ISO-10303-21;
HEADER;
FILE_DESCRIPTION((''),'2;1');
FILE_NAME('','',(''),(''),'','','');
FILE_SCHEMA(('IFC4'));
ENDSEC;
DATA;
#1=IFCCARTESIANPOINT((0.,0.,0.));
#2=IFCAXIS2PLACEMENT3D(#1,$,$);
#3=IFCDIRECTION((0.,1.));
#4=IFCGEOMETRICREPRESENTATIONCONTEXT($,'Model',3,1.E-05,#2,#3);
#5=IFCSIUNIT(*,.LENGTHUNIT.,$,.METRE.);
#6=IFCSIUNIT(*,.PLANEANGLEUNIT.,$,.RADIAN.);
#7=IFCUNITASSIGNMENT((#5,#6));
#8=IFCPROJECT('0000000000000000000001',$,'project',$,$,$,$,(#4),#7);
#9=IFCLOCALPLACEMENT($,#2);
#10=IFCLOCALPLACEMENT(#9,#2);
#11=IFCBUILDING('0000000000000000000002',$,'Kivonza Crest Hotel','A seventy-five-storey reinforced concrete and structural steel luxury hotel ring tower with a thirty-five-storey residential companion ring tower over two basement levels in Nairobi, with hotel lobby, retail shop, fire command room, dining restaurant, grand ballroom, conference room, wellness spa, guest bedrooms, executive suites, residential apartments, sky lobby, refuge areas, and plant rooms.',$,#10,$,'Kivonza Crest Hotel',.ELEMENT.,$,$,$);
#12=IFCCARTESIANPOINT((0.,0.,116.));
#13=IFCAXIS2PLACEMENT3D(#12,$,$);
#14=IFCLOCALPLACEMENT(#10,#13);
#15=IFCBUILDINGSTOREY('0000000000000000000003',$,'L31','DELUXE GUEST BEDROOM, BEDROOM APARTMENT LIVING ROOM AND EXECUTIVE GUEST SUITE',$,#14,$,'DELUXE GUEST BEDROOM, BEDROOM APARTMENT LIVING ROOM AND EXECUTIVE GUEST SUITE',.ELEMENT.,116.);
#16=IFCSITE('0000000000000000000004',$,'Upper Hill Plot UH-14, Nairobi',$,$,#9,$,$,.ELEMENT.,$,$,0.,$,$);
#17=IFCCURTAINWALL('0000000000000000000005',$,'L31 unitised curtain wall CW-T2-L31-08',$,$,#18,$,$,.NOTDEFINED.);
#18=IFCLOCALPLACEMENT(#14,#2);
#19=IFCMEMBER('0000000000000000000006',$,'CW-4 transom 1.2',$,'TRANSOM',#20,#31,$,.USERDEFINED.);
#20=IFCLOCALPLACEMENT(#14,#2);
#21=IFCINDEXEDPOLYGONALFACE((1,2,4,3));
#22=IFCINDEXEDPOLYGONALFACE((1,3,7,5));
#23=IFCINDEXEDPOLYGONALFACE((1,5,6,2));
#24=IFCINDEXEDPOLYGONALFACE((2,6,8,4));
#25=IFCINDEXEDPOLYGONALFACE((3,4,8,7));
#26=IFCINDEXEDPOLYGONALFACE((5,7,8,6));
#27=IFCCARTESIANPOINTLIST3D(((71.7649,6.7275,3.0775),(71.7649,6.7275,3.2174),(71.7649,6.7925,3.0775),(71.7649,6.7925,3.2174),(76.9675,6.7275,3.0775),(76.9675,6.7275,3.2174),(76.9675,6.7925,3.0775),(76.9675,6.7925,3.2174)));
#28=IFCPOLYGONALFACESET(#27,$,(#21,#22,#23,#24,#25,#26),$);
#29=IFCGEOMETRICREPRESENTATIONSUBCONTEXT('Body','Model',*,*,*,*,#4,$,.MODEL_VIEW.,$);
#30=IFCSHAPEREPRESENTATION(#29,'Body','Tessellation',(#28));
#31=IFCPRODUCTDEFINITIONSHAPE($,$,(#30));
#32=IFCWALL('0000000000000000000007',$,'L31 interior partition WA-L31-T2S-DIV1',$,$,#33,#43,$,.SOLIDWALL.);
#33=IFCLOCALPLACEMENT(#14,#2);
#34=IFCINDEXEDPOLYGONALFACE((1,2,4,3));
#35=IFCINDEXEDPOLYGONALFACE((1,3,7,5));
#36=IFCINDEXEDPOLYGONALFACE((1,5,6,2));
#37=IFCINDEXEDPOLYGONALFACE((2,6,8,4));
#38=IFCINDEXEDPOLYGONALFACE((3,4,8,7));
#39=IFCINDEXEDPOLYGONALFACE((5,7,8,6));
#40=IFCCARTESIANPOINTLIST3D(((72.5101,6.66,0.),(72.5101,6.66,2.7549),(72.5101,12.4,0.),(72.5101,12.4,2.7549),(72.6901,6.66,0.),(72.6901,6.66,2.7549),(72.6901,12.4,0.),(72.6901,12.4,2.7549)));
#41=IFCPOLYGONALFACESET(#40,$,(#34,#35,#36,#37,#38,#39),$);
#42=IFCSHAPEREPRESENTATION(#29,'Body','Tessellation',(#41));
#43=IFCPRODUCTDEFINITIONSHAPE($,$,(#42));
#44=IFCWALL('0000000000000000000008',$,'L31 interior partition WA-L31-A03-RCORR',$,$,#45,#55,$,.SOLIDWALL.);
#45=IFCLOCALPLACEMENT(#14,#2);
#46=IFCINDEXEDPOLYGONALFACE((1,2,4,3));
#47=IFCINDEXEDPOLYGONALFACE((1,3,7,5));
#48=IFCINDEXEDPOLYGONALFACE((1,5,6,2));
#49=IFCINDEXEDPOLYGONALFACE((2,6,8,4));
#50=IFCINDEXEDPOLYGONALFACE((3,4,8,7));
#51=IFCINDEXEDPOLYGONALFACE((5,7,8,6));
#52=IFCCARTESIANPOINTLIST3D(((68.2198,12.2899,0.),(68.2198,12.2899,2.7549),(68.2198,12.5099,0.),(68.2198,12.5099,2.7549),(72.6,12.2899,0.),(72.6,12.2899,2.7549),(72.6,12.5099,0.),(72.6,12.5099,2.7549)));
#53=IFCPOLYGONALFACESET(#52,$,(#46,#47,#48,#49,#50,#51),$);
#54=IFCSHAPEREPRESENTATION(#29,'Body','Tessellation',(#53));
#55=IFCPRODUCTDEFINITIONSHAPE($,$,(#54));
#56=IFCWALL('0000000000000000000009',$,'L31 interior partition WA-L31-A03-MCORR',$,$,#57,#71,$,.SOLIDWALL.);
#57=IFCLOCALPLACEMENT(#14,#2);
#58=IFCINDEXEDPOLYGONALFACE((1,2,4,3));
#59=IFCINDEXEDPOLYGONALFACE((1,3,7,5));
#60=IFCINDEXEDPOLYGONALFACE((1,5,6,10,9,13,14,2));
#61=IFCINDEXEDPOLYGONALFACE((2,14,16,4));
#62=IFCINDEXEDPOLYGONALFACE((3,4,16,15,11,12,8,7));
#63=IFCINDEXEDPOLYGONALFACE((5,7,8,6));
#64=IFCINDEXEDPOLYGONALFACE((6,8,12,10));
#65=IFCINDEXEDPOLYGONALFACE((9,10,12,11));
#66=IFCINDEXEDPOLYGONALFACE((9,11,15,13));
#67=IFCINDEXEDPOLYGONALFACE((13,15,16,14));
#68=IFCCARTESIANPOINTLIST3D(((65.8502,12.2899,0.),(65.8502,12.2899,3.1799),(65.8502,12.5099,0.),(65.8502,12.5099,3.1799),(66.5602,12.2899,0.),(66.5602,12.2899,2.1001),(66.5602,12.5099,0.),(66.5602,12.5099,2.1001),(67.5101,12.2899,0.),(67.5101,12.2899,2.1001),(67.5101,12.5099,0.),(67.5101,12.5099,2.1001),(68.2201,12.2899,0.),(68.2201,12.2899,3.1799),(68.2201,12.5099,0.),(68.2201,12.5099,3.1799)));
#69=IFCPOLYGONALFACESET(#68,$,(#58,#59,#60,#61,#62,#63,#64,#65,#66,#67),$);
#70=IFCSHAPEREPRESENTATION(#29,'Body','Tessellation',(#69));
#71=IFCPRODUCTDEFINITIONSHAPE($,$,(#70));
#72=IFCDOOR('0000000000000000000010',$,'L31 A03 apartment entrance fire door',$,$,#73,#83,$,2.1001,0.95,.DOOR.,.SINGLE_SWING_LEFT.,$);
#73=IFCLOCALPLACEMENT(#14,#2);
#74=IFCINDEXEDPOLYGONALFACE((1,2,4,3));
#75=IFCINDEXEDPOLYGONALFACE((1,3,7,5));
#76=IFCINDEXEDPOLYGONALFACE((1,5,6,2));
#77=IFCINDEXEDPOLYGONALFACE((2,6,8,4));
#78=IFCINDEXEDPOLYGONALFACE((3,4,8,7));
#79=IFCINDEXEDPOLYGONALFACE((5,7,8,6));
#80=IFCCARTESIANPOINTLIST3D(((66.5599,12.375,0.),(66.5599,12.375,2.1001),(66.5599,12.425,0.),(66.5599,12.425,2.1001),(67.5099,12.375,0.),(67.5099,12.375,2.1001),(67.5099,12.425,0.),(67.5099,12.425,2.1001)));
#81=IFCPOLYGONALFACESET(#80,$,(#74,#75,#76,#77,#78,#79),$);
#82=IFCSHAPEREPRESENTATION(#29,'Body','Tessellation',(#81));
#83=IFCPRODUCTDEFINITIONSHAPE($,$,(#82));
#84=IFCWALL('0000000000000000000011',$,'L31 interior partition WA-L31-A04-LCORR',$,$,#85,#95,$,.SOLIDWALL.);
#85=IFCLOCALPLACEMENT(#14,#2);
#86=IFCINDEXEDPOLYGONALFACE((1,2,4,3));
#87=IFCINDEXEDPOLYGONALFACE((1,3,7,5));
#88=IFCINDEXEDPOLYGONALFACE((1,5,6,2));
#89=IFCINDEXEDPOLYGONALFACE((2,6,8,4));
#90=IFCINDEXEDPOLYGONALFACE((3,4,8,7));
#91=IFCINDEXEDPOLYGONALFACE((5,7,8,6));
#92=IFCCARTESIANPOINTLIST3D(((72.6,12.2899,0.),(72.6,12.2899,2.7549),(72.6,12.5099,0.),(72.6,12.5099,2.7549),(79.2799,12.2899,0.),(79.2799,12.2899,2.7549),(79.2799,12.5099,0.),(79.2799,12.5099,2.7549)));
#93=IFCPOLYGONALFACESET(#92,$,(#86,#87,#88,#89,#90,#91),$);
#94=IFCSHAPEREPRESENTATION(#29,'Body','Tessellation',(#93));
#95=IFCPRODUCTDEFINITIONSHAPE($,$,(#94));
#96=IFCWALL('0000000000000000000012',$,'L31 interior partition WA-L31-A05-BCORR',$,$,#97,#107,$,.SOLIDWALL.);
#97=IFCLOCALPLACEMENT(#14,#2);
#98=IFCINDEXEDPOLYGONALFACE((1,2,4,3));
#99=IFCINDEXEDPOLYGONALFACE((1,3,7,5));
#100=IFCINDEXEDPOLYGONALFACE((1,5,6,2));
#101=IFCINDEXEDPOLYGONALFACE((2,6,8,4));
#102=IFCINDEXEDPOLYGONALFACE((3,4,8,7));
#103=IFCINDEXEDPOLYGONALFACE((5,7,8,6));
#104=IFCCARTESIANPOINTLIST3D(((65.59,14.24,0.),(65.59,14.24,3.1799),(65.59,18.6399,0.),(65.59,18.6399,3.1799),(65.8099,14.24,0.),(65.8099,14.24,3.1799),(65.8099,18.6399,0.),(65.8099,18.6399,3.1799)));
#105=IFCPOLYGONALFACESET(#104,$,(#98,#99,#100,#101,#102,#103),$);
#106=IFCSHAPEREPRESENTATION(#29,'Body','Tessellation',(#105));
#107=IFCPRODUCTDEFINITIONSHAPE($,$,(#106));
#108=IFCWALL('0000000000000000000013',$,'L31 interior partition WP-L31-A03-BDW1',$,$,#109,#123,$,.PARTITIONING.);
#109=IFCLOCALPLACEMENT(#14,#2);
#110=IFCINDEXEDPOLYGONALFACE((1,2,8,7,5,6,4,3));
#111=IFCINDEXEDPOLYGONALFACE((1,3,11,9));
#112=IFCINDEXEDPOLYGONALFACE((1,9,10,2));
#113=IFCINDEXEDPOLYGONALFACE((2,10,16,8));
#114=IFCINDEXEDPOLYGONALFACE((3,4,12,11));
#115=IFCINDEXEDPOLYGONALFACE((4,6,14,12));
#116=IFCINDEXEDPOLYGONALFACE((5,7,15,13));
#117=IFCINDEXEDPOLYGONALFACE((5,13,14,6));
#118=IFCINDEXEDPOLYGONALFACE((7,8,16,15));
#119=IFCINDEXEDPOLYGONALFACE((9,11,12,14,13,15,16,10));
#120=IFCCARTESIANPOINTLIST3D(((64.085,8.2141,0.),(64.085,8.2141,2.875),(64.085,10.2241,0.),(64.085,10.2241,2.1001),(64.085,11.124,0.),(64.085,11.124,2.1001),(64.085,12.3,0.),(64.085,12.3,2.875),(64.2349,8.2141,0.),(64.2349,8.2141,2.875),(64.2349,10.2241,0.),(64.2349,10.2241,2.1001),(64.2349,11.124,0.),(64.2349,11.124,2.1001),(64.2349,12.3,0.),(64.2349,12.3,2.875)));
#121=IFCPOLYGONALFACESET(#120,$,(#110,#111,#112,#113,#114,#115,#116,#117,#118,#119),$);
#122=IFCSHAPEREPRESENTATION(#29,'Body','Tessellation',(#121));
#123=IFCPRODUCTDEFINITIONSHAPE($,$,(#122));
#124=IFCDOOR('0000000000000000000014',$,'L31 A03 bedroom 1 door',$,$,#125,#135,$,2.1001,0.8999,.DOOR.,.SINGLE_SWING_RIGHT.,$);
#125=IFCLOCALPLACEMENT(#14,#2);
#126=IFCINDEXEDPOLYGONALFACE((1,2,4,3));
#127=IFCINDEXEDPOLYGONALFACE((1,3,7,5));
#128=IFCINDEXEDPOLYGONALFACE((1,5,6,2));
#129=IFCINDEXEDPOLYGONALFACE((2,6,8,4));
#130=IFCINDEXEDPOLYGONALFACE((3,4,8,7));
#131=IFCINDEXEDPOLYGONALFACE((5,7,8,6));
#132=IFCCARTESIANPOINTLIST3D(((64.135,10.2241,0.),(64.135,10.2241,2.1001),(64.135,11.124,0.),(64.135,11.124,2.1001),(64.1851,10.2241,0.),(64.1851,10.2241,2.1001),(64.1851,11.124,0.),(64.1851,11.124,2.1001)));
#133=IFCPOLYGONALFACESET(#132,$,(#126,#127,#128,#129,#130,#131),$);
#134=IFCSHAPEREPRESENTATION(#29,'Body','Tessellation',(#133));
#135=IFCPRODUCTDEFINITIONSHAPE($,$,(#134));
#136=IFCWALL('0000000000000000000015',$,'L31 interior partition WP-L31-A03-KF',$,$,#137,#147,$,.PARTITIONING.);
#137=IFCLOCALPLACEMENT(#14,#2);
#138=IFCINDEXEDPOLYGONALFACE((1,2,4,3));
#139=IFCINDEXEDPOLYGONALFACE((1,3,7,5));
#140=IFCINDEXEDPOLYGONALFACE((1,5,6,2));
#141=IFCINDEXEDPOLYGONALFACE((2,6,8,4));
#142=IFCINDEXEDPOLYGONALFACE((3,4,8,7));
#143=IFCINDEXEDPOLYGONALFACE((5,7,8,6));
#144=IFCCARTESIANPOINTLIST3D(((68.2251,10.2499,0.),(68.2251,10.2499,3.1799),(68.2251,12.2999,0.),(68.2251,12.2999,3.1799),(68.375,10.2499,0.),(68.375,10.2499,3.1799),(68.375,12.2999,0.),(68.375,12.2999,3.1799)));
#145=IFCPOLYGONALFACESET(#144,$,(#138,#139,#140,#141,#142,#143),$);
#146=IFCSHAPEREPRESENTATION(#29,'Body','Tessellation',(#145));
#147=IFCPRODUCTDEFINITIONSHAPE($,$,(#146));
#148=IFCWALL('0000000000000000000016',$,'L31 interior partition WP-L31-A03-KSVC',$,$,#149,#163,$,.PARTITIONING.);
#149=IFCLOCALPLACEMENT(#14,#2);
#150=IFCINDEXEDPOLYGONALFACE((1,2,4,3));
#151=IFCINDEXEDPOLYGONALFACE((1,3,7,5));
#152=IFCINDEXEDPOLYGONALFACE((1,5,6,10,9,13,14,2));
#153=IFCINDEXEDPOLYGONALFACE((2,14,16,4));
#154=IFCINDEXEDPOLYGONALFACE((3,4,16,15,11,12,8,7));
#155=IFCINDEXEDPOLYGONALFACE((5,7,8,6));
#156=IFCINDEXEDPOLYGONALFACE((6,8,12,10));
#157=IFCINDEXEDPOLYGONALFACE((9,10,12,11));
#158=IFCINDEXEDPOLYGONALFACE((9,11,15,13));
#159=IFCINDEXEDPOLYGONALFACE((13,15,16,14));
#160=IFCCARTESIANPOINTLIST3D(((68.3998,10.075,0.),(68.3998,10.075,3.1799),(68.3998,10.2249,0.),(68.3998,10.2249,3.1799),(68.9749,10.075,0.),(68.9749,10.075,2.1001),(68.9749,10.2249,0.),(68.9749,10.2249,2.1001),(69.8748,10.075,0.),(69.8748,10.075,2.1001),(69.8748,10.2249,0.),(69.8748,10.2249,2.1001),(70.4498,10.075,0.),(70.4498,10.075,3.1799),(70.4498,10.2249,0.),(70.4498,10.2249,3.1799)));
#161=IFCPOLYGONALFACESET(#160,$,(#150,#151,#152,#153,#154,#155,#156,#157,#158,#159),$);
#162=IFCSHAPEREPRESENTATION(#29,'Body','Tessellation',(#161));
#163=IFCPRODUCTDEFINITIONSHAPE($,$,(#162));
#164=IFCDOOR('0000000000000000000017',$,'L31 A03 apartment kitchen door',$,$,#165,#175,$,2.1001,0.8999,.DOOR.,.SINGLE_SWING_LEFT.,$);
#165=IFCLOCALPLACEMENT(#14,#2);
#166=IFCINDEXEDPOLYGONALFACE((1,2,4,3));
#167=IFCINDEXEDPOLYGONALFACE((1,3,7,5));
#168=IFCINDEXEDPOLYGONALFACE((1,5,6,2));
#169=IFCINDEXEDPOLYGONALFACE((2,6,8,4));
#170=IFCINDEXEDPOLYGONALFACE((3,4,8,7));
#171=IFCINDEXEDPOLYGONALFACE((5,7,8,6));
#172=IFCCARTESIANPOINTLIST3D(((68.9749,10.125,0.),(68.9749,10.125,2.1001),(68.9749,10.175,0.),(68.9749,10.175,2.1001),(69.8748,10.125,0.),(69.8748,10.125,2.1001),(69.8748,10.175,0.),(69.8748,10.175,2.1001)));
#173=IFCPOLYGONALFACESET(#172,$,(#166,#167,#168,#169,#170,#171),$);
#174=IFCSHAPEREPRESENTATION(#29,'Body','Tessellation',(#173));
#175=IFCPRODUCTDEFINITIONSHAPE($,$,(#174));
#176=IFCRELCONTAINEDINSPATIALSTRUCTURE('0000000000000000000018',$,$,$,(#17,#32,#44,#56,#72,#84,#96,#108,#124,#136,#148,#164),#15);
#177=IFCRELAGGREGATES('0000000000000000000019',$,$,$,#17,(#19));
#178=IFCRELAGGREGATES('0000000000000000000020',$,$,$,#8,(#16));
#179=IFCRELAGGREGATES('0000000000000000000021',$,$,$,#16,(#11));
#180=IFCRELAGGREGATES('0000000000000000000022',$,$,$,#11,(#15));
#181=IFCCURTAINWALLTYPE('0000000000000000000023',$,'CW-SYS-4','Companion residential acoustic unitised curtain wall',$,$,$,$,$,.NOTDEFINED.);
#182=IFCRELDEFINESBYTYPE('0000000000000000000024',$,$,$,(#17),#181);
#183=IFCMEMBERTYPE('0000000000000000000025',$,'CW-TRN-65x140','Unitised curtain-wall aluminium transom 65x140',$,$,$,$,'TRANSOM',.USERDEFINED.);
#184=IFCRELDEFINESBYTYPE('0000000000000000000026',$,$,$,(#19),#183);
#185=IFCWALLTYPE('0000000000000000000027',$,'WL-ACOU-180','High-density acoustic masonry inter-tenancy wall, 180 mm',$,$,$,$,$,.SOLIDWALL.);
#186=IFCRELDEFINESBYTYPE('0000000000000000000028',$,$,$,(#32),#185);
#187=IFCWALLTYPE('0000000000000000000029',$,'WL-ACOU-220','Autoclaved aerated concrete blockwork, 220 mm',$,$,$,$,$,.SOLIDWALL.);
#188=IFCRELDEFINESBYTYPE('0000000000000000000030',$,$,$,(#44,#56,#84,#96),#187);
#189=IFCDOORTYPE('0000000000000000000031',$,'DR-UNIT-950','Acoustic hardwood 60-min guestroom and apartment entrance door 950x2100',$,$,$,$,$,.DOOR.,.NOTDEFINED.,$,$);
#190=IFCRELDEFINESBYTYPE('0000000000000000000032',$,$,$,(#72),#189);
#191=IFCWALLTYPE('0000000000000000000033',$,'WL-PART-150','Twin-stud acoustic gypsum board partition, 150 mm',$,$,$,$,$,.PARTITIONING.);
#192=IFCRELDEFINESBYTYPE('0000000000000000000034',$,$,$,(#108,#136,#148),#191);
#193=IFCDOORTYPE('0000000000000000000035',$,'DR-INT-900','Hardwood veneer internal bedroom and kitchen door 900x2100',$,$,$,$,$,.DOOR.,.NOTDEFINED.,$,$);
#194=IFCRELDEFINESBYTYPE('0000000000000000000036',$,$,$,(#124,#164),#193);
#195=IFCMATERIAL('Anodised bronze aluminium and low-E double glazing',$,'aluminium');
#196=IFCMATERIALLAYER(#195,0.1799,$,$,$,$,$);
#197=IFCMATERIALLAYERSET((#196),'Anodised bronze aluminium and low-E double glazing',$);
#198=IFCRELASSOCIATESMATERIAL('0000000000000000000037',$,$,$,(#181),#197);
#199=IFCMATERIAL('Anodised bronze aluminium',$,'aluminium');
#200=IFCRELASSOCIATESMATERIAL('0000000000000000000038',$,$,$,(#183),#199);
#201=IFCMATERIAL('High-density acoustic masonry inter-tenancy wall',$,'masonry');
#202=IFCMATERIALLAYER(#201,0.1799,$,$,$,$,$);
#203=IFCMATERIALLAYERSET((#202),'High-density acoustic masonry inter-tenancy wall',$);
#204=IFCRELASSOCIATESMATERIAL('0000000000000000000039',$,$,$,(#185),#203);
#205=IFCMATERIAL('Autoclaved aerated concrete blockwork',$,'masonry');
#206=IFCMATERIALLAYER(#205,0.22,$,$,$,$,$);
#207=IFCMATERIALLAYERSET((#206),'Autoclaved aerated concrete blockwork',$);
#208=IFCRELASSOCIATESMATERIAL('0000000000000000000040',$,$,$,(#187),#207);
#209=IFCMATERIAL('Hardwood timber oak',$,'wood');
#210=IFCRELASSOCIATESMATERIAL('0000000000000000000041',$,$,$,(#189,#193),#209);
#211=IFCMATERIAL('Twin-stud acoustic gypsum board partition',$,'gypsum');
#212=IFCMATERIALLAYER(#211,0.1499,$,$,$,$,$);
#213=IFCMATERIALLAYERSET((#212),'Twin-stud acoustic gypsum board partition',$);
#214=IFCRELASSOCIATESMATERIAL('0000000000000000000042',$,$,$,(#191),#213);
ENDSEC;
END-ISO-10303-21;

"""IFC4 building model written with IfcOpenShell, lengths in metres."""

from ifc_helpers import new_model, si_unit, direction, frame, frame_2d, origin, origin_2d, place, context, subcontext, project, spatial, rectangle, extrude, material, layer, layer_set, material_profile, profile_set, type_object, element, fill, aggregate, save


model = new_model("IFC4")

# Units and contexts
model_context = context("Model", 3, precision=1e-05, world=origin(), true_north=direction((0.0, 1.0)))
body_context = subcontext(model_context, "Body", "Model", "MODEL_VIEW")
ifc_project = project(units=[si_unit("LENGTHUNIT", "METRE"), si_unit("PLANEANGLEUNIT", "RADIAN")], contexts=[model_context])

# Site, building, storey
site_placement = place(None, origin())
site = spatial("IfcSite", under=ifc_project, at=site_placement, Name="Upper Hill Plot UH-14, Nairobi", CompositionType="ELEMENT", RefElevation=0.0)
building_placement = place(site_placement, origin())
building = spatial("IfcBuilding", under=site, at=building_placement, Name="Kivonza Crest Hotel", Description="A seventy-five-storey reinforced concrete and structural steel luxury hotel ring tower with a thirty-five-storey residential companion ring tower over two basement levels in Nairobi, with hotel lobby, retail shop, fire command room, dining restaurant, grand ballroom, conference room, wellness spa, guest bedrooms, executive suites, residential apartments, sky lobby, refuge areas, and plant rooms.", LongName="Kivonza Crest Hotel", CompositionType="ELEMENT")
storey_placement = place(building_placement, frame((0.0, 0.0, 116.0)))
storey = spatial("IfcBuildingStorey", under=building, at=storey_placement, Name="L31", Description="DELUXE GUEST BEDROOM, BEDROOM APARTMENT LIVING ROOM AND EXECUTIVE GUEST SUITE", LongName="DELUXE GUEST BEDROOM, BEDROOM APARTMENT LIVING ROOM AND EXECUTIVE GUEST SUITE", CompositionType="ELEMENT", Elevation=116.0)

# Curtain wall, member
ifc_material_1 = material(Name="Anodised bronze aluminium and low-E double glazing", Category="aluminium")
ifc_layer_1 = layer(ifc_material_1, 0.1799)
ifc_layer_set_1 = layer_set([ifc_layer_1], Name="Anodised bronze aluminium and low-E double glazing")
curtain_wall_type = type_object("IfcCurtainWallType", Name="CW-SYS-4", Description="Companion residential acoustic unitised curtain wall", PredefinedType="NOTDEFINED", material=ifc_layer_set_1)
curtain_wall_placement = place(storey_placement, origin())
curtain_wall = element("IfcCurtainWall", 1, at=curtain_wall_placement, inside=storey, type_object=curtain_wall_type, Name="L31 unitised curtain wall CW-T2-L31-08", PredefinedType="NOTDEFINED")
ifc_material_2 = material(Name="Anodised bronze aluminium", Category="aluminium")
ifc_material_profile_1 = material_profile(ifc_material_2, rectangle(XDim=0.0649, YDim=0.1399, at=origin_2d()), Name="CW-T 65x140")
ifc_profile_set_1 = profile_set([ifc_material_profile_1], Name="Anodised bronze aluminium")
member_type_1 = type_object("IfcMemberType", Name="CW-TRN-65x140", Description="Unitised curtain-wall aluminium transom 65x140", ElementType="TRANSOM", PredefinedType="USERDEFINED", material=ifc_profile_set_1)
member_1_placement = place(storey_placement, frame((71.7649, 6.76, 3.1475), z_axis=(1.0, 0.0, 0.0), x_axis=(0.0, 1.0, 0.0)))
member_1 = element("IfcMember", 2, at=member_1_placement, type_object=member_type_1, Name="CW-4 transom 1.2", ObjectType="TRANSOM", PredefinedType="USERDEFINED", context=body_context, shape_type="SweptSolid", body=[
    extrude(rectangle(XDim=0.0649, YDim=0.1399, at=origin_2d()), origin(), (0.0, 0.0, 1.0), 5.2026),
])
aggregate(curtain_wall, [member_1])

# Walls
ifc_material_3 = material(Name="High-density acoustic masonry inter-tenancy wall", Category="masonry")
ifc_layer_2 = layer(ifc_material_3, 0.1799)
ifc_layer_set_2 = layer_set([ifc_layer_2], Name="High-density acoustic masonry inter-tenancy wall")
wall_type_1 = type_object("IfcWallType", Name="WL-ACOU-180", Description="High-density acoustic masonry inter-tenancy wall, 180 mm", PredefinedType="SOLIDWALL", material=ifc_layer_set_2)
wall_1_placement = place(storey_placement, frame((72.6001, 6.6599, 0.0), z_axis=(0.0, 0.0, 1.0), x_axis=(0.0, 1.0, 0.0)))
element("IfcWall", 3, at=wall_1_placement, inside=storey, type_object=wall_type_1, Name="L31 interior partition WA-L31-T2S-DIV1", PredefinedType="SOLIDWALL", context=body_context, shape_type="SweptSolid", body=[
    extrude(rectangle(XDim=5.74, YDim=0.1799, at=frame_2d((2.8701, 0.0))), origin(), (0.0, 0.0, 1.0), 2.7549),
])
ifc_material_4 = material(Name="Autoclaved aerated concrete blockwork", Category="masonry")
ifc_layer_3 = layer(ifc_material_4, 0.22)
ifc_layer_set_3 = layer_set([ifc_layer_3], Name="Autoclaved aerated concrete blockwork")
wall_type_2 = type_object("IfcWallType", Name="WL-ACOU-220", Description="Autoclaved aerated concrete blockwork, 220 mm", PredefinedType="SOLIDWALL", material=ifc_layer_set_3)
wall_2_placement = place(storey_placement, frame((68.22, 12.3999, 0.0), z_axis=(0.0, 0.0, 1.0), x_axis=(1.0, 0.0, 0.0)))
element("IfcWall", 4, at=wall_2_placement, inside=storey, type_object=wall_type_2, Name="L31 interior partition WA-L31-A03-RCORR", PredefinedType="SOLIDWALL", context=body_context, shape_type="SweptSolid", body=[
    extrude(rectangle(XDim=4.3801, YDim=0.22, at=frame_2d((2.1899, 0.0))), origin(), (0.0, 0.0, 1.0), 2.7549),
])

# Wall, opening, door
wall_3_placement = place(storey_placement, frame((65.8501, 12.3999, 0.0), z_axis=(0.0, 0.0, 1.0), x_axis=(1.0, 0.0, 0.0)))
wall_3 = element("IfcWall", 5, at=wall_3_placement, inside=storey, type_object=wall_type_2, Name="L31 interior partition WA-L31-A03-MCORR", PredefinedType="SOLIDWALL", context=body_context, shape_type="SweptSolid", body=[
    extrude(rectangle(XDim=2.3699, YDim=0.22, at=frame_2d((1.1851, 0.0))), origin(), (0.0, 0.0, 1.0), 3.1799),
])
opening_1_placement = place(wall_3_placement, frame((0.71, 0.0, 0.0)))
opening_1 = element("IfcOpeningElement", 6, at=opening_1_placement, cuts=wall_3, PredefinedType="OPENING", context=body_context, shape_type="SweptSolid", body=[
    extrude(rectangle(XDim=0.95, YDim=2.1001, at=frame_2d((0.4751, 1.05))), frame((0.0, 0.1201, 0.0), z_axis=(0.0, -1.0, 0.0), x_axis=(1.0, 0.0, 0.0)), (0.0, 0.0, 1.0), 0.24),
])
ifc_material_5 = material(Name="Hardwood timber oak", Category="wood")
door_type_1 = type_object("IfcDoorType", Name="DR-UNIT-950", Description="Acoustic hardwood 60-min guestroom and apartment entrance door 950x2100", OperationType="NOTDEFINED", PredefinedType="DOOR", material=ifc_material_5)
door_1_placement = place(opening_1_placement, frame((0.95, 0.0, 0.0), z_axis=(0.0, 0.0, 1.0), x_axis=(-1.0, 0.0, 0.0)))
door_1 = element("IfcDoor", 7, at=door_1_placement, inside=storey, type_object=door_type_1, Name="L31 A03 apartment entrance fire door", OperationType="SINGLE_SWING_LEFT", OverallHeight=2.1001, OverallWidth=0.95, PredefinedType="DOOR", context=body_context, shape_type="SweptSolid", body=[
    extrude(rectangle(XDim=0.95, YDim=2.1001, at=frame_2d((0.4751, 1.05))), frame((0.0, 0.0249, 0.0), z_axis=(0.0, -1.0, 0.0), x_axis=(1.0, 0.0, 0.0)), (0.0, 0.0, 1.0), 0.05),
])
fill(opening_1, door_1)

# Walls
wall_4_placement = place(storey_placement, frame((72.6001, 12.3999, 0.0), z_axis=(0.0, 0.0, 1.0), x_axis=(1.0, 0.0, 0.0)))
element("IfcWall", 8, at=wall_4_placement, inside=storey, type_object=wall_type_2, Name="L31 interior partition WA-L31-A04-LCORR", PredefinedType="SOLIDWALL", context=body_context, shape_type="SweptSolid", body=[
    extrude(rectangle(XDim=6.6799, YDim=0.22, at=frame_2d((3.3398, 0.0))), origin(), (0.0, 0.0, 1.0), 2.7549),
])
wall_5_placement = place(storey_placement, frame((65.7, 14.24, 0.0), z_axis=(0.0, 0.0, 1.0), x_axis=(0.0, 1.0, 0.0)))
element("IfcWall", 9, at=wall_5_placement, inside=storey, type_object=wall_type_2, Name="L31 interior partition WA-L31-A05-BCORR", PredefinedType="SOLIDWALL", context=body_context, shape_type="SweptSolid", body=[
    extrude(rectangle(XDim=4.3999, YDim=0.22, at=frame_2d((2.2, 0.0))), origin(), (0.0, 0.0, 1.0), 3.1799),
])

# Wall, opening, door
ifc_material_6 = material(Name="Twin-stud acoustic gypsum board partition", Category="gypsum")
ifc_layer_4 = layer(ifc_material_6, 0.1499)
ifc_layer_set_4 = layer_set([ifc_layer_4], Name="Twin-stud acoustic gypsum board partition")
wall_type_3 = type_object("IfcWallType", Name="WL-PART-150", Description="Twin-stud acoustic gypsum board partition, 150 mm", PredefinedType="PARTITIONING", material=ifc_layer_set_4)
wall_6_placement = place(storey_placement, frame((64.1599, 8.2141, 0.0), z_axis=(0.0, 0.0, 1.0), x_axis=(0.0, 1.0, 0.0)))
wall_6 = element("IfcWall", 10, at=wall_6_placement, inside=storey, type_object=wall_type_3, Name="L31 interior partition WP-L31-A03-BDW1", PredefinedType="PARTITIONING", context=body_context, shape_type="SweptSolid", body=[
    extrude(rectangle(XDim=4.0859, YDim=0.1499, at=frame_2d((2.043, 0.0))), origin(), (0.0, 0.0, 1.0), 2.875),
])
opening_2_placement = place(wall_6_placement, frame((2.01, 0.0, 0.0)))
opening_2 = element("IfcOpeningElement", 11, at=opening_2_placement, cuts=wall_6, PredefinedType="OPENING", context=body_context, shape_type="SweptSolid", body=[
    extrude(rectangle(XDim=0.8999, YDim=2.1001, at=frame_2d((0.45, 1.05))), frame((0.0, 0.085, 0.0), z_axis=(0.0, -1.0, 0.0), x_axis=(1.0, 0.0, 0.0)), (0.0, 0.0, 1.0), 0.1699),
])
door_type_2 = type_object("IfcDoorType", Name="DR-INT-900", Description="Hardwood veneer internal bedroom and kitchen door 900x2100", OperationType="NOTDEFINED", PredefinedType="DOOR", material=ifc_material_5)
door_2_placement = place(opening_2_placement, origin())
door_2 = element("IfcDoor", 12, at=door_2_placement, inside=storey, type_object=door_type_2, Name="L31 A03 bedroom 1 door", OperationType="SINGLE_SWING_RIGHT", OverallHeight=2.1001, OverallWidth=0.8999, PredefinedType="DOOR", context=body_context, shape_type="SweptSolid", body=[
    extrude(rectangle(XDim=0.8999, YDim=2.1001, at=frame_2d((0.45, 1.05))), frame((0.0, 0.0249, 0.0), z_axis=(0.0, -1.0, 0.0), x_axis=(1.0, 0.0, 0.0)), (0.0, 0.0, 1.0), 0.05),
])
fill(opening_2, door_2)

# Wall
wall_7_placement = place(storey_placement, frame((68.3, 10.25, 0.0), z_axis=(0.0, 0.0, 1.0), x_axis=(0.0, 1.0, 0.0)))
element("IfcWall", 13, at=wall_7_placement, inside=storey, type_object=wall_type_3, Name="L31 interior partition WP-L31-A03-KF", PredefinedType="PARTITIONING", context=body_context, shape_type="SweptSolid", body=[
    extrude(rectangle(XDim=2.05, YDim=0.1499, at=frame_2d((1.0249, 0.0))), origin(), (0.0, 0.0, 1.0), 3.1799),
])

# Wall, opening, door
wall_8_placement = place(storey_placement, frame((68.3999, 10.1499, 0.0), z_axis=(0.0, 0.0, 1.0), x_axis=(1.0, 0.0, 0.0)))
wall_8 = element("IfcWall", 14, at=wall_8_placement, inside=storey, type_object=wall_type_3, Name="L31 interior partition WP-L31-A03-KSVC", PredefinedType="PARTITIONING", context=body_context, shape_type="SweptSolid", body=[
    extrude(rectangle(XDim=2.05, YDim=0.1499, at=frame_2d((1.0249, 0.0))), origin(), (0.0, 0.0, 1.0), 3.1799),
])
opening_3_placement = place(wall_8_placement, frame((0.575, 0.0, 0.0)))
opening_3 = element("IfcOpeningElement", 15, at=opening_3_placement, cuts=wall_8, PredefinedType="OPENING", context=body_context, shape_type="SweptSolid", body=[
    extrude(rectangle(XDim=0.8999, YDim=2.1001, at=frame_2d((0.45, 1.05))), frame((0.0, 0.085, 0.0), z_axis=(0.0, -1.0, 0.0), x_axis=(1.0, 0.0, 0.0)), (0.0, 0.0, 1.0), 0.1699),
])
door_3_placement = place(opening_3_placement, frame((0.8999, 0.0, 0.0), z_axis=(0.0, 0.0, 1.0), x_axis=(-1.0, 0.0, 0.0)))
door_3 = element("IfcDoor", 16, at=door_3_placement, inside=storey, type_object=door_type_2, Name="L31 A03 apartment kitchen door", OperationType="SINGLE_SWING_LEFT", OverallHeight=2.1001, OverallWidth=0.8999, PredefinedType="DOOR", context=body_context, shape_type="SweptSolid", body=[
    extrude(rectangle(XDim=0.8999, YDim=2.1001, at=frame_2d((0.45, 1.05))), frame((0.0, 0.0249, 0.0), z_axis=(0.0, -1.0, 0.0), x_axis=(1.0, 0.0, 0.0)), (0.0, 0.0, 1.0), 0.05),
])
fill(opening_3, door_3)

save(model, "model.ifc")
